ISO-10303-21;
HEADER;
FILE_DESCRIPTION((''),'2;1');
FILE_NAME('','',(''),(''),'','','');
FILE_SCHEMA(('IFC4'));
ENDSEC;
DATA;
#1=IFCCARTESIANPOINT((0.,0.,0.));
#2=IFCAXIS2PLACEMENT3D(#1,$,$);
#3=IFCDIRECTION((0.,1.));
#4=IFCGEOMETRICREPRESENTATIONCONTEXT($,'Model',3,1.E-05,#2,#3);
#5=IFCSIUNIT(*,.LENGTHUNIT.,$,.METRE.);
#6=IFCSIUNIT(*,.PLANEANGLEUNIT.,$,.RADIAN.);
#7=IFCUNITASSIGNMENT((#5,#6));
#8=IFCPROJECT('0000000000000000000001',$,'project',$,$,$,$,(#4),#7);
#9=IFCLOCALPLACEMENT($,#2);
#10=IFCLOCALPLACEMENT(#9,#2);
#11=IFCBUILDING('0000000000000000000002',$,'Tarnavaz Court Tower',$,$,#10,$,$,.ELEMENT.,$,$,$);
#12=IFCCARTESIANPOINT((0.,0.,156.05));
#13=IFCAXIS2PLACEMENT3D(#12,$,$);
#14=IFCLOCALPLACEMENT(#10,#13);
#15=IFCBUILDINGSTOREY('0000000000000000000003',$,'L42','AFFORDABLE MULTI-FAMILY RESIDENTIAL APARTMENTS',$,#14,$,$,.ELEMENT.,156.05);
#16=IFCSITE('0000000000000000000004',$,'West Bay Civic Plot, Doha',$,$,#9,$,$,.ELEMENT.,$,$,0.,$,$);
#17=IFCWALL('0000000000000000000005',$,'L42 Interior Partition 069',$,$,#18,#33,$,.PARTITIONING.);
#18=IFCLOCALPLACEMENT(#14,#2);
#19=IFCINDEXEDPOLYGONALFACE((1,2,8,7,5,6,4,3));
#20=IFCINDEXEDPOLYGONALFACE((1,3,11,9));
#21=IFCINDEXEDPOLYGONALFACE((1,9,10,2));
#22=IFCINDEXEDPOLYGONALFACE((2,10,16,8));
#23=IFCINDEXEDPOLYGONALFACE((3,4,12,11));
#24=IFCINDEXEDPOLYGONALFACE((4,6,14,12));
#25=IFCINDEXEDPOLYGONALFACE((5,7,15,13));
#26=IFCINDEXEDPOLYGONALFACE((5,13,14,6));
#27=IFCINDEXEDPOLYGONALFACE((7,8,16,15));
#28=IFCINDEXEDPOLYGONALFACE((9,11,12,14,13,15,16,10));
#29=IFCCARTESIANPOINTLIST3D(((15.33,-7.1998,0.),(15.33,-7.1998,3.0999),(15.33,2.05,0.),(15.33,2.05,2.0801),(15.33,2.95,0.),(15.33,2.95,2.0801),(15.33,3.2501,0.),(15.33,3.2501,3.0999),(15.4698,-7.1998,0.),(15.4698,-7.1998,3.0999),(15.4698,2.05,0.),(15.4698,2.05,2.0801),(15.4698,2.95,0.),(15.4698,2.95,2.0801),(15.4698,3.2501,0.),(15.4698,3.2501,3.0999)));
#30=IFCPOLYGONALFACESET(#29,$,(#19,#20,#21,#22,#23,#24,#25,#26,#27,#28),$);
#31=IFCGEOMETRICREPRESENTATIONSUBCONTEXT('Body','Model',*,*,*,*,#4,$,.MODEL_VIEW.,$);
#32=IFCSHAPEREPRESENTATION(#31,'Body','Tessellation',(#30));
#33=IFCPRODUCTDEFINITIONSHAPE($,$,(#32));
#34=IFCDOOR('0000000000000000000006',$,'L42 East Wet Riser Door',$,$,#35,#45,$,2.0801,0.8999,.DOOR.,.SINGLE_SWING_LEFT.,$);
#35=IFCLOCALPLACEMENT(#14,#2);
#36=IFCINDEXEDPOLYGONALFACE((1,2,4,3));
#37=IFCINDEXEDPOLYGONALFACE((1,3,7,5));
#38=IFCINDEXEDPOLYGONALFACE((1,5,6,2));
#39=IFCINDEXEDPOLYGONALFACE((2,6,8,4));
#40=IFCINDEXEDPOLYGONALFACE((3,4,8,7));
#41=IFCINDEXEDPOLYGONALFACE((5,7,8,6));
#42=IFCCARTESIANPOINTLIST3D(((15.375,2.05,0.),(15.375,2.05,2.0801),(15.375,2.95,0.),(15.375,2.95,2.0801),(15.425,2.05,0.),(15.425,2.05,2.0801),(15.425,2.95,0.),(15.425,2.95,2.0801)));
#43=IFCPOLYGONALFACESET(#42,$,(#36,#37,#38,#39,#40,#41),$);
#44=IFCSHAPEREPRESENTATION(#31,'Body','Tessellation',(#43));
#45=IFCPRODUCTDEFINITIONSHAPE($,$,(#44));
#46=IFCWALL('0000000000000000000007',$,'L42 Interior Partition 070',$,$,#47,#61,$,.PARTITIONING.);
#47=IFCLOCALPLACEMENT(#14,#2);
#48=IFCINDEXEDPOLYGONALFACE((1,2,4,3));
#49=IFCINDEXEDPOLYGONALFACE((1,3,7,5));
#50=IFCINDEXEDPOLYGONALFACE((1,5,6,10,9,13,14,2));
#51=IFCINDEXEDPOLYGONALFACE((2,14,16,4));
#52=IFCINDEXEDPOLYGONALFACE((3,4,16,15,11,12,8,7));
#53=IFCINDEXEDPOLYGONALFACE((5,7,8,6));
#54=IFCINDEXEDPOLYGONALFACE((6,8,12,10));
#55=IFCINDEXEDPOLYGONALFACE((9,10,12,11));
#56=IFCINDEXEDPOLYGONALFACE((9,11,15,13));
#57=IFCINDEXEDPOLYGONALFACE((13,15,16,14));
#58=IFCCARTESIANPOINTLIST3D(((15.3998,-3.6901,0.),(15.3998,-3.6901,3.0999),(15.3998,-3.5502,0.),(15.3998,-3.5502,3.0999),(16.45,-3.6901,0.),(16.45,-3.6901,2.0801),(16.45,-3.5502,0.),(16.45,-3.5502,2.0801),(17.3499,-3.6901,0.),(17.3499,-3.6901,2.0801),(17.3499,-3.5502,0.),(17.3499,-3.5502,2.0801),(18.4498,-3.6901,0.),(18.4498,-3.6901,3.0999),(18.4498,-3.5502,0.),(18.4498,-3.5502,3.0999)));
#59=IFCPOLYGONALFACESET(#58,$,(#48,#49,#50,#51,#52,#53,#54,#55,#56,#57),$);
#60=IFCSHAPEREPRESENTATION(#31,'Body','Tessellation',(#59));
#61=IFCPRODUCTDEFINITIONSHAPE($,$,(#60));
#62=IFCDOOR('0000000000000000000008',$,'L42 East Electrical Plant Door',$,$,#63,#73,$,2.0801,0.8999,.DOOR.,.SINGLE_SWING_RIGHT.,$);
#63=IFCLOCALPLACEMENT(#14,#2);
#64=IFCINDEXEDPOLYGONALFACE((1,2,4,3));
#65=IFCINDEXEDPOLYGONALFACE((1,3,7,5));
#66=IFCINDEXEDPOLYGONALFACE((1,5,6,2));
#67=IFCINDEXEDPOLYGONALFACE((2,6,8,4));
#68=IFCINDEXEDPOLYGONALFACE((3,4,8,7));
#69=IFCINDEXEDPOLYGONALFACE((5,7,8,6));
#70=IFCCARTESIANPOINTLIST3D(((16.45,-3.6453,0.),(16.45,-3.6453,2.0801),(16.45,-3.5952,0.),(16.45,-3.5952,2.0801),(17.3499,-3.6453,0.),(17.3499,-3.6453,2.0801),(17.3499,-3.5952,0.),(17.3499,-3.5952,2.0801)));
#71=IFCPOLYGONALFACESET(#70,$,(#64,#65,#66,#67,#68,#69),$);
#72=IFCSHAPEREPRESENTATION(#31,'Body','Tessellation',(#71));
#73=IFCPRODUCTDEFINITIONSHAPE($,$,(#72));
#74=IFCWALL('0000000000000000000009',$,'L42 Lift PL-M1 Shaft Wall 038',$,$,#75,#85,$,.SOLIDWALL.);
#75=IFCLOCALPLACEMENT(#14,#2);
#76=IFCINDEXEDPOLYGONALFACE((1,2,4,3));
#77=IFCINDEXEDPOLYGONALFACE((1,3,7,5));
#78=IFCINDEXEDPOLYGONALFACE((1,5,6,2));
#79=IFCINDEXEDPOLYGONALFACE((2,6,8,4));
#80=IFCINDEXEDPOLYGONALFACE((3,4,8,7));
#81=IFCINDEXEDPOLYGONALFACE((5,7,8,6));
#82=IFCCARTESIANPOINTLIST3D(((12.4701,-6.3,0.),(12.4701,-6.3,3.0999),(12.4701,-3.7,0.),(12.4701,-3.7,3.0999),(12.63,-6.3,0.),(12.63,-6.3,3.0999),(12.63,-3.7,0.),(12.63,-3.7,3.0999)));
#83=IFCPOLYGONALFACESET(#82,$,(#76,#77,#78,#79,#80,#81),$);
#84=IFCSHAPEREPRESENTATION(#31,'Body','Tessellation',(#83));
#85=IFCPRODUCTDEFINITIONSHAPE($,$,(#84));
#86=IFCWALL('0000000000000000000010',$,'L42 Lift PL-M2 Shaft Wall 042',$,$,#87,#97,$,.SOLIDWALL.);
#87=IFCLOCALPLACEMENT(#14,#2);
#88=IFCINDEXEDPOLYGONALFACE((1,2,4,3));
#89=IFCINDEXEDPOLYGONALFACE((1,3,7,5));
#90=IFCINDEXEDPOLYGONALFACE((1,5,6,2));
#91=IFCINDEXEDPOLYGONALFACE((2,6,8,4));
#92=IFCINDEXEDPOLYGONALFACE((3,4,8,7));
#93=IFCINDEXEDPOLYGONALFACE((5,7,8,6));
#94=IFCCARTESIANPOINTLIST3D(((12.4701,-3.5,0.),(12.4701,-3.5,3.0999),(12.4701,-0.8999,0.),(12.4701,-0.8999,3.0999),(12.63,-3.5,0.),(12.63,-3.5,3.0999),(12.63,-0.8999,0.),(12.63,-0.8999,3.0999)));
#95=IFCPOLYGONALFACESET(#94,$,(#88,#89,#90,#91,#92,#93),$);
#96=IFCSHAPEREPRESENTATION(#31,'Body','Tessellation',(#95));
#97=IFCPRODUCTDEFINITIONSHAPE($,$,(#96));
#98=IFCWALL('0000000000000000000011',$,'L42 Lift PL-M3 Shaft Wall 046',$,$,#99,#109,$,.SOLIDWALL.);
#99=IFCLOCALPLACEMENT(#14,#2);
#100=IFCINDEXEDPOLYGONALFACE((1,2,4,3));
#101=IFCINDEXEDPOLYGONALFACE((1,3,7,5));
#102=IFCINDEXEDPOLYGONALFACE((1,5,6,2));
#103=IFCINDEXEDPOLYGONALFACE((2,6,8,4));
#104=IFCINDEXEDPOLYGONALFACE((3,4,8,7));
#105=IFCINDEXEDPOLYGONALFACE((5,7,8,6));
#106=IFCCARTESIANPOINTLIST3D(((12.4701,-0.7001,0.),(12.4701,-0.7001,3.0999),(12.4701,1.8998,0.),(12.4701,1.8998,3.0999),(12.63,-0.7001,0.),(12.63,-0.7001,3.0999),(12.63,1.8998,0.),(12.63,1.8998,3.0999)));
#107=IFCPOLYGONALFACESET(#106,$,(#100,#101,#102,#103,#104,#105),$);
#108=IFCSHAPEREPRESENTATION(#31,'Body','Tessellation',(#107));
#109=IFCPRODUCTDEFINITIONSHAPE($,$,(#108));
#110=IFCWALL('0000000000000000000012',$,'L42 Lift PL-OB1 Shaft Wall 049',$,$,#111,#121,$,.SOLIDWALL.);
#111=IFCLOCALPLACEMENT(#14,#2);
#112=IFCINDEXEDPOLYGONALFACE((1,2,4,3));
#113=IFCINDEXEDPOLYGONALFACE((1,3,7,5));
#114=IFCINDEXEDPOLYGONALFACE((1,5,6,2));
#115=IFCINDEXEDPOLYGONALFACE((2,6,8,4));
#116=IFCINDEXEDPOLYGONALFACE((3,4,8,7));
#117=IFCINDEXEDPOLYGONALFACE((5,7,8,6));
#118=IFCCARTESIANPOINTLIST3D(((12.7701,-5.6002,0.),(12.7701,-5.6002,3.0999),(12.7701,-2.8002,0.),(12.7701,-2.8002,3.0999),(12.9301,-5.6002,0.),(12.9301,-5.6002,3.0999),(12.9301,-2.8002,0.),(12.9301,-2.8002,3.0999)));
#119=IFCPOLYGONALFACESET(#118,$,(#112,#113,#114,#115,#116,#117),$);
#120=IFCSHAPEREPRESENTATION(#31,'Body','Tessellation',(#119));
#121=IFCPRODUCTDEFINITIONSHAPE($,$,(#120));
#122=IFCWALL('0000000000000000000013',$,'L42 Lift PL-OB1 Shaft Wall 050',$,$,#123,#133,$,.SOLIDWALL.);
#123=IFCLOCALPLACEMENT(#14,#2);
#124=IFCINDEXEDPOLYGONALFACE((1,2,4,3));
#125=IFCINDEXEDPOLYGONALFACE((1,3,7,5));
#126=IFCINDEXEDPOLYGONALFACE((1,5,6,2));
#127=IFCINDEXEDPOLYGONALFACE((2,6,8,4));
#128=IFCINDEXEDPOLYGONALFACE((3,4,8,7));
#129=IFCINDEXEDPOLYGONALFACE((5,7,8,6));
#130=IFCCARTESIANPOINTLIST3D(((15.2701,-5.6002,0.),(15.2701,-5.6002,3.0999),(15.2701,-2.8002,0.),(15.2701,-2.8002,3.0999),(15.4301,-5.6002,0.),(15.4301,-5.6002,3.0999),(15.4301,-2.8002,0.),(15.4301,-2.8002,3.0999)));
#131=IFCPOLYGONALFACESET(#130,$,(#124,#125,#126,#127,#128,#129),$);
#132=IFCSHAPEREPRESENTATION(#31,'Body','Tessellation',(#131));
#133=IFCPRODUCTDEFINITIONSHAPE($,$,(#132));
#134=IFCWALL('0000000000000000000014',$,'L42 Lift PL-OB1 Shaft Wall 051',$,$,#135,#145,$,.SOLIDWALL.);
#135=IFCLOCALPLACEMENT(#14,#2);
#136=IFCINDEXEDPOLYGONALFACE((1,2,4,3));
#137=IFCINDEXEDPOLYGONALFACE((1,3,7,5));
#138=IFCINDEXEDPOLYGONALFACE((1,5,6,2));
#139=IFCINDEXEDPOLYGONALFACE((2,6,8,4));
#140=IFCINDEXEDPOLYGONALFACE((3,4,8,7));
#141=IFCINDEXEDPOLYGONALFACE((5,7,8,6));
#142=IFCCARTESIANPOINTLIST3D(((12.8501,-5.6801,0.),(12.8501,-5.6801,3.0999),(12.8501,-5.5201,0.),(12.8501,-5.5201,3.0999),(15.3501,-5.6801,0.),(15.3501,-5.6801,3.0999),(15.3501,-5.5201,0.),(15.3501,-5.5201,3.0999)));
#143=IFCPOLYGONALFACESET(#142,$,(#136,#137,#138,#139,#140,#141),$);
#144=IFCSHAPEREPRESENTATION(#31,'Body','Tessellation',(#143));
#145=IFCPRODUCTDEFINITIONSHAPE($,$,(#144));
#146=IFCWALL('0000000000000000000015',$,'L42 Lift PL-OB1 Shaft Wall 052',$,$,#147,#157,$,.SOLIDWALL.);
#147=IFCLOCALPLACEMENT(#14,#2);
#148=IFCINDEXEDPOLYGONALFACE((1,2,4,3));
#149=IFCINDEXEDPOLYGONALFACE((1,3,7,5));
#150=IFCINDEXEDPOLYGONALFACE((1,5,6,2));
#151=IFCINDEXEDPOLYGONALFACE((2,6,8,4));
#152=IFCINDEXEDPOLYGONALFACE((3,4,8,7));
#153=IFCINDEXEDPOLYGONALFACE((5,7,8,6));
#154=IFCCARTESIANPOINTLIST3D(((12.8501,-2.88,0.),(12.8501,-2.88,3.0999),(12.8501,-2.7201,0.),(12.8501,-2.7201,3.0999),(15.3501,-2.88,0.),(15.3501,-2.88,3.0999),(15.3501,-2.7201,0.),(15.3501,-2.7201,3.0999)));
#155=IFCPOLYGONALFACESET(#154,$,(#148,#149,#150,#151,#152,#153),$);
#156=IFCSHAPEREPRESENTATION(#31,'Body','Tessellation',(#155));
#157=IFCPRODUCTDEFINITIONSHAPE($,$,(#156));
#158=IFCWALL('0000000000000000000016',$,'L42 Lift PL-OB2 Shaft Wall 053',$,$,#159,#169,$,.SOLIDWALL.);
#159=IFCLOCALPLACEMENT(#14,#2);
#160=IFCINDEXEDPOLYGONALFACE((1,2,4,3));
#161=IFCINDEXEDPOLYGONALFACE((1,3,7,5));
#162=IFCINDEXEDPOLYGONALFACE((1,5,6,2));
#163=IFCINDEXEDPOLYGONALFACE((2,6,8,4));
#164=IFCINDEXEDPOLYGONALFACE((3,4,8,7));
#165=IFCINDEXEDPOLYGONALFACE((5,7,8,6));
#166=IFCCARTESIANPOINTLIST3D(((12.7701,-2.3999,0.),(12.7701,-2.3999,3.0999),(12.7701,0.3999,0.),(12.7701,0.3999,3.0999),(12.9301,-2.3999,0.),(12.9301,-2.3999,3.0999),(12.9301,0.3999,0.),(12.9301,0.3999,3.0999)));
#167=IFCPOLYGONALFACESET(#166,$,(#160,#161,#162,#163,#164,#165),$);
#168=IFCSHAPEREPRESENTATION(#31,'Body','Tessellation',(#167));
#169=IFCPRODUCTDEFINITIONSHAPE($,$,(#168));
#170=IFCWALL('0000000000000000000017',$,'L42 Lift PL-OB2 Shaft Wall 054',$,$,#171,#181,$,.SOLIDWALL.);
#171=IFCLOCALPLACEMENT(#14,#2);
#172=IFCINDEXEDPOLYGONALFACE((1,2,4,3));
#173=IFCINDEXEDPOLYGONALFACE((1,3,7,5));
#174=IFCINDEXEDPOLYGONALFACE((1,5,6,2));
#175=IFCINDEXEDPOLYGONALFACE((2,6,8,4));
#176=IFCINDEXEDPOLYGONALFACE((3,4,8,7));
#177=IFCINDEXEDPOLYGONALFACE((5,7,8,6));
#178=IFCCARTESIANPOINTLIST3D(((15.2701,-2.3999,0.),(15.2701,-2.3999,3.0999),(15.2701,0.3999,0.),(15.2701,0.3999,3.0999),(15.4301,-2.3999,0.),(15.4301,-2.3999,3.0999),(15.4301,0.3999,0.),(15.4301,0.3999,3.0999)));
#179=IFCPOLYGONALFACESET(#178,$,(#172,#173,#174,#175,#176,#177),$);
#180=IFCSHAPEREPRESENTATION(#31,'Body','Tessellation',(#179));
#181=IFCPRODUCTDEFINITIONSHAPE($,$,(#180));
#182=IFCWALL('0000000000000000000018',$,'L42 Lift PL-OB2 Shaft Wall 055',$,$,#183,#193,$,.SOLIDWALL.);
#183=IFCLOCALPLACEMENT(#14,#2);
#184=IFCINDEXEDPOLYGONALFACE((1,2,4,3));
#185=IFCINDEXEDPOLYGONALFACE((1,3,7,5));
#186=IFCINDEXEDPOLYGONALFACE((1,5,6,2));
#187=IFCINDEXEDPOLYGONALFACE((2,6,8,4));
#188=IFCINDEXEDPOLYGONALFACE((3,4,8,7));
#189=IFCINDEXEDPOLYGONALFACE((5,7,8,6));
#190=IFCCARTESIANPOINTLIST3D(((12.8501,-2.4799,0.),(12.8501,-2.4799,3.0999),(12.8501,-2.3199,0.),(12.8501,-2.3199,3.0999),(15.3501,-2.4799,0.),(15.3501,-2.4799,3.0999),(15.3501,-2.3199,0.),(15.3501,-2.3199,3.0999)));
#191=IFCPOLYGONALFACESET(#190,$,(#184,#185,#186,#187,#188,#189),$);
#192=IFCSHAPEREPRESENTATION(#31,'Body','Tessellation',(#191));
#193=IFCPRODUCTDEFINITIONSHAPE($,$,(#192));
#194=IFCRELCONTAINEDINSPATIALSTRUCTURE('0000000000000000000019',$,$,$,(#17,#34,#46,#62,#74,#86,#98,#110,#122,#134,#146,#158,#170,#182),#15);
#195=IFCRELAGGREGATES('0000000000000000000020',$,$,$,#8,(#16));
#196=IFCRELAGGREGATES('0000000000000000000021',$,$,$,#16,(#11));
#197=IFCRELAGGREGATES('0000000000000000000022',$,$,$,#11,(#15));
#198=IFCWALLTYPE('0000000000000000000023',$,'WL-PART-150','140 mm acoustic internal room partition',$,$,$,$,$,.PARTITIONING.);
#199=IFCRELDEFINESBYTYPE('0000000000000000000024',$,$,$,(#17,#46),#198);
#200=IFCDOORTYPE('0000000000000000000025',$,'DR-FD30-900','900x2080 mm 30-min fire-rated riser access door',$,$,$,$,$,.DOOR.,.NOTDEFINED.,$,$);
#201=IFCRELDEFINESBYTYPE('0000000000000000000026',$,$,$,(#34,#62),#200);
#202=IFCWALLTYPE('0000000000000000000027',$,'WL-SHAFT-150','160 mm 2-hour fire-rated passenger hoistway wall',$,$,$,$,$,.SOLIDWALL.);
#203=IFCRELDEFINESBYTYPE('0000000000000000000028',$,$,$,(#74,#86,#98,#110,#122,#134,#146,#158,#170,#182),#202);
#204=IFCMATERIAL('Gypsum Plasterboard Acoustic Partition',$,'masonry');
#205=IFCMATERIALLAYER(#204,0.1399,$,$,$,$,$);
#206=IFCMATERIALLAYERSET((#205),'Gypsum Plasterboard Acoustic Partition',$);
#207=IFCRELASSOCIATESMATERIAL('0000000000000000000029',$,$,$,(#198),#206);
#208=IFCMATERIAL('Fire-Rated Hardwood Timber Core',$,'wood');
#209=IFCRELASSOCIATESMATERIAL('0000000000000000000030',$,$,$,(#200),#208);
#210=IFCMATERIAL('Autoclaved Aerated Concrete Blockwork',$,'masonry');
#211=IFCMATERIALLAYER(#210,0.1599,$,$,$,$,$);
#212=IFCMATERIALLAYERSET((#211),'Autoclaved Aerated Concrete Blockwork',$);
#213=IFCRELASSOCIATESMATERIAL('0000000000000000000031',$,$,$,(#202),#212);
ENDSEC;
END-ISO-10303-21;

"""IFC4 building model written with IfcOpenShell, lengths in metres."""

from ifc_helpers import new_model, si_unit, direction, frame, frame_2d, origin, place, context, subcontext, project, spatial, rectangle, extrude, material, layer, layer_set, type_object, element, fill, save


model = new_model("IFC4")

# Units and contexts
model_context = context("Model", 3, precision=1e-05, world=origin(), true_north=direction((0.0, 1.0)))
body_context = subcontext(model_context, "Body", "Model", "MODEL_VIEW")
ifc_project = project(units=[si_unit("LENGTHUNIT", "METRE"), si_unit("PLANEANGLEUNIT", "RADIAN")], contexts=[model_context])

# Site, building, storey
site_placement = place(None, origin())
site = spatial("IfcSite", under=ifc_project, at=site_placement, Name="West Bay Civic Plot, Doha", CompositionType="ELEMENT", RefElevation=0.0)
building_placement = place(site_placement, origin())
building = spatial("IfcBuilding", under=site, at=building_placement, Name="Tarnavaz Court Tower", CompositionType="ELEMENT")
storey_placement = place(building_placement, frame((0.0, 0.0, 156.05)))
storey = spatial("IfcBuildingStorey", under=building, at=storey_placement, Name="L42", Description="AFFORDABLE MULTI-FAMILY RESIDENTIAL APARTMENTS", CompositionType="ELEMENT", Elevation=156.05)

# Walls, openings, doors
ifc_material_1 = material(Name="Gypsum Plasterboard Acoustic Partition", Category="masonry")
ifc_layer_1 = layer(ifc_material_1, 0.1399)
ifc_layer_set_1 = layer_set([ifc_layer_1], Name="Gypsum Plasterboard Acoustic Partition")
wall_type_1 = type_object("IfcWallType", Name="WL-PART-150", Description="140 mm acoustic internal room partition", PredefinedType="PARTITIONING", material=ifc_layer_set_1)
wall_1_placement = place(storey_placement, frame((15.3999, -7.2, 0.0), z_axis=(0.0, 0.0, 1.0), x_axis=(0.0, 1.0, 0.0)))
wall_1 = element("IfcWall", 1, at=wall_1_placement, inside=storey, type_object=wall_type_1, Name="L42 Interior Partition 069", PredefinedType="PARTITIONING", context=body_context, shape_type="SweptSolid", body=[
    extrude(rectangle(XDim=10.45, YDim=0.1399, at=frame_2d((5.2251, 0.0))), origin(), (0.0, 0.0, 1.0), 3.0999),
])
opening_1_placement = place(wall_1_placement, frame((9.25, 0.0, 0.0)))
opening_1 = element("IfcOpeningElement", 2, at=opening_1_placement, cuts=wall_1, PredefinedType="OPENING", context=body_context, shape_type="SweptSolid", body=[
    extrude(rectangle(XDim=0.8999, YDim=2.0801, at=frame_2d((0.45, 1.04))), frame((0.0, 0.0798, 0.0), z_axis=(0.0, -1.0, 0.0), x_axis=(1.0, 0.0, 0.0)), (0.0, 0.0, 1.0), 0.1599),
])
ifc_material_2 = material(Name="Fire-Rated Hardwood Timber Core", Category="wood")
door_type = type_object("IfcDoorType", Name="DR-FD30-900", Description="900x2080 mm 30-min fire-rated riser access door", OperationType="NOTDEFINED", PredefinedType="DOOR", material=ifc_material_2)
door_1_placement = place(opening_1_placement, origin())
door_1 = element("IfcDoor", 3, at=door_1_placement, inside=storey, type_object=door_type, Name="L42 East Wet Riser Door", OperationType="SINGLE_SWING_LEFT", OverallHeight=2.0801, OverallWidth=0.8999, PredefinedType="DOOR", context=body_context, shape_type="SweptSolid", body=[
    extrude(rectangle(XDim=0.8999, YDim=2.0801, at=frame_2d((0.45, 1.04))), frame((0.0, 0.0249, 0.0), z_axis=(0.0, -1.0, 0.0), x_axis=(1.0, 0.0, 0.0)), (0.0, 0.0, 1.0), 0.05),
])
fill(opening_1, door_1)
wall_2_placement = place(storey_placement, frame((15.3999, -3.6201, 0.0), z_axis=(0.0, 0.0, 1.0), x_axis=(1.0, 0.0, 0.0)))
wall_2 = element("IfcWall", 4, at=wall_2_placement, inside=storey, type_object=wall_type_1, Name="L42 Interior Partition 070", PredefinedType="PARTITIONING", context=body_context, shape_type="SweptSolid", body=[
    extrude(rectangle(XDim=3.05, YDim=0.1399, at=frame_2d((1.5249, 0.0))), origin(), (0.0, 0.0, 1.0), 3.0999),
])
opening_2_placement = place(wall_2_placement, frame((1.05, 0.0, 0.0)))
opening_2 = element("IfcOpeningElement", 5, at=opening_2_placement, cuts=wall_2, PredefinedType="OPENING", context=body_context, shape_type="SweptSolid", body=[
    extrude(rectangle(XDim=0.8999, YDim=2.0801, at=frame_2d((0.45, 1.04))), frame((0.0, 0.0798, 0.0), z_axis=(0.0, -1.0, 0.0), x_axis=(1.0, 0.0, 0.0)), (0.0, 0.0, 1.0), 0.1599),
])
door_2_placement = place(opening_2_placement, origin())
door_2 = element("IfcDoor", 6, at=door_2_placement, inside=storey, type_object=door_type, Name="L42 East Electrical Plant Door", OperationType="SINGLE_SWING_RIGHT", OverallHeight=2.0801, OverallWidth=0.8999, PredefinedType="DOOR", context=body_context, shape_type="SweptSolid", body=[
    extrude(rectangle(XDim=0.8999, YDim=2.0801, at=frame_2d((0.45, 1.04))), frame((0.0, 0.0249, 0.0), z_axis=(0.0, -1.0, 0.0), x_axis=(1.0, 0.0, 0.0)), (0.0, 0.0, 1.0), 0.05),
])
fill(opening_2, door_2)

# Walls
ifc_material_3 = material(Name="Autoclaved Aerated Concrete Blockwork", Category="masonry")
ifc_layer_2 = layer(ifc_material_3, 0.1599)
ifc_layer_set_2 = layer_set([ifc_layer_2], Name="Autoclaved Aerated Concrete Blockwork")
wall_type_2 = type_object("IfcWallType", Name="WL-SHAFT-150", Description="160 mm 2-hour fire-rated passenger hoistway wall", PredefinedType="SOLIDWALL", material=ifc_layer_set_2)
for number, where, z_axis, x_axis, name in (
    (7, (12.55, -6.3, 0.0), (0.0, 0.0, 1.0), (0.0, 1.0, 0.0), "L42 Lift PL-M1 Shaft Wall 038"),
    (8, (12.55, -3.5, 0.0), (0.0, 0.0, 1.0), (0.0, 1.0, 0.0), "L42 Lift PL-M2 Shaft Wall 042"),
):
    element("IfcWall", number, at=place(storey_placement, frame(where, z_axis=z_axis, x_axis=x_axis)), inside=storey, type_object=wall_type_2, Name=name, PredefinedType="SOLIDWALL", context=body_context, shape_type="SweptSolid", body=[
        extrude(rectangle(XDim=2.6001, YDim=0.1599, at=frame_2d((1.3, 0.0))), origin(), (0.0, 0.0, 1.0), 3.0999),
    ])
wall_3_placement = place(storey_placement, frame((12.55, -0.7, 0.0), z_axis=(0.0, 0.0, 1.0), x_axis=(0.0, 1.0, 0.0)))
element("IfcWall", 9, at=wall_3_placement, inside=storey, type_object=wall_type_2, Name="L42 Lift PL-M3 Shaft Wall 046", PredefinedType="SOLIDWALL", context=body_context, shape_type="SweptSolid", body=[
    extrude(rectangle(XDim=2.5999, YDim=0.1599, at=frame_2d((1.2998, 0.0))), origin(), (0.0, 0.0, 1.0), 3.0999),
])
for number, where, z_axis, x_axis, name in (
    (10, (12.8501, -5.6001, 0.0), (0.0, 0.0, 1.0), (0.0, 1.0, 0.0), "L42 Lift PL-OB1 Shaft Wall 049"),
    (11, (15.3501, -5.6001, 0.0), (0.0, 0.0, 1.0), (0.0, 1.0, 0.0), "L42 Lift PL-OB1 Shaft Wall 050"),
):
    element("IfcWall", number, at=place(storey_placement, frame(where, z_axis=z_axis, x_axis=x_axis)), inside=storey, type_object=wall_type_2, Name=name, PredefinedType="SOLIDWALL", context=body_context, shape_type="SweptSolid", body=[
        extrude(rectangle(XDim=2.8, YDim=0.1599, at=frame_2d((1.3999, 0.0))), origin(), (0.0, 0.0, 1.0), 3.0999),
    ])
for number, where, z_axis, x_axis, name in (
    (12, (12.8501, -5.6001, 0.0), (0.0, 0.0, 1.0), (1.0, 0.0, 0.0), "L42 Lift PL-OB1 Shaft Wall 051"),
    (13, (12.8501, -2.8, 0.0), (0.0, 0.0, 1.0), (1.0, 0.0, 0.0), "L42 Lift PL-OB1 Shaft Wall 052"),
):
    element("IfcWall", number, at=place(storey_placement, frame(where, z_axis=z_axis, x_axis=x_axis)), inside=storey, type_object=wall_type_2, Name=name, PredefinedType="SOLIDWALL", context=body_context, shape_type="SweptSolid", body=[
        extrude(rectangle(XDim=2.5, YDim=0.1599, at=frame_2d((1.25, 0.0))), origin(), (0.0, 0.0, 1.0), 3.0999),
    ])
for number, where, z_axis, x_axis, name in (
    (14, (12.8501, -2.3999, 0.0), (0.0, 0.0, 1.0), (0.0, 1.0, 0.0), "L42 Lift PL-OB2 Shaft Wall 053"),
    (15, (15.3501, -2.3999, 0.0), (0.0, 0.0, 1.0), (0.0, 1.0, 0.0), "L42 Lift PL-OB2 Shaft Wall 054"),
):
    element("IfcWall", number, at=place(storey_placement, frame(where, z_axis=z_axis, x_axis=x_axis)), inside=storey, type_object=wall_type_2, Name=name, PredefinedType="SOLIDWALL", context=body_context, shape_type="SweptSolid", body=[
        extrude(rectangle(XDim=2.7998, YDim=0.1599, at=frame_2d((1.3999, 0.0))), origin(), (0.0, 0.0, 1.0), 3.0999),
    ])
wall_4_placement = place(storey_placement, frame((12.8501, -2.3999, 0.0), z_axis=(0.0, 0.0, 1.0), x_axis=(1.0, 0.0, 0.0)))
element("IfcWall", 16, at=wall_4_placement, inside=storey, type_object=wall_type_2, Name="L42 Lift PL-OB2 Shaft Wall 055", PredefinedType="SOLIDWALL", context=body_context, shape_type="SweptSolid", body=[
    extrude(rectangle(XDim=2.5, YDim=0.1599, at=frame_2d((1.25, 0.0))), origin(), (0.0, 0.0, 1.0), 3.0999),
])

save(model, "model.ifc")
